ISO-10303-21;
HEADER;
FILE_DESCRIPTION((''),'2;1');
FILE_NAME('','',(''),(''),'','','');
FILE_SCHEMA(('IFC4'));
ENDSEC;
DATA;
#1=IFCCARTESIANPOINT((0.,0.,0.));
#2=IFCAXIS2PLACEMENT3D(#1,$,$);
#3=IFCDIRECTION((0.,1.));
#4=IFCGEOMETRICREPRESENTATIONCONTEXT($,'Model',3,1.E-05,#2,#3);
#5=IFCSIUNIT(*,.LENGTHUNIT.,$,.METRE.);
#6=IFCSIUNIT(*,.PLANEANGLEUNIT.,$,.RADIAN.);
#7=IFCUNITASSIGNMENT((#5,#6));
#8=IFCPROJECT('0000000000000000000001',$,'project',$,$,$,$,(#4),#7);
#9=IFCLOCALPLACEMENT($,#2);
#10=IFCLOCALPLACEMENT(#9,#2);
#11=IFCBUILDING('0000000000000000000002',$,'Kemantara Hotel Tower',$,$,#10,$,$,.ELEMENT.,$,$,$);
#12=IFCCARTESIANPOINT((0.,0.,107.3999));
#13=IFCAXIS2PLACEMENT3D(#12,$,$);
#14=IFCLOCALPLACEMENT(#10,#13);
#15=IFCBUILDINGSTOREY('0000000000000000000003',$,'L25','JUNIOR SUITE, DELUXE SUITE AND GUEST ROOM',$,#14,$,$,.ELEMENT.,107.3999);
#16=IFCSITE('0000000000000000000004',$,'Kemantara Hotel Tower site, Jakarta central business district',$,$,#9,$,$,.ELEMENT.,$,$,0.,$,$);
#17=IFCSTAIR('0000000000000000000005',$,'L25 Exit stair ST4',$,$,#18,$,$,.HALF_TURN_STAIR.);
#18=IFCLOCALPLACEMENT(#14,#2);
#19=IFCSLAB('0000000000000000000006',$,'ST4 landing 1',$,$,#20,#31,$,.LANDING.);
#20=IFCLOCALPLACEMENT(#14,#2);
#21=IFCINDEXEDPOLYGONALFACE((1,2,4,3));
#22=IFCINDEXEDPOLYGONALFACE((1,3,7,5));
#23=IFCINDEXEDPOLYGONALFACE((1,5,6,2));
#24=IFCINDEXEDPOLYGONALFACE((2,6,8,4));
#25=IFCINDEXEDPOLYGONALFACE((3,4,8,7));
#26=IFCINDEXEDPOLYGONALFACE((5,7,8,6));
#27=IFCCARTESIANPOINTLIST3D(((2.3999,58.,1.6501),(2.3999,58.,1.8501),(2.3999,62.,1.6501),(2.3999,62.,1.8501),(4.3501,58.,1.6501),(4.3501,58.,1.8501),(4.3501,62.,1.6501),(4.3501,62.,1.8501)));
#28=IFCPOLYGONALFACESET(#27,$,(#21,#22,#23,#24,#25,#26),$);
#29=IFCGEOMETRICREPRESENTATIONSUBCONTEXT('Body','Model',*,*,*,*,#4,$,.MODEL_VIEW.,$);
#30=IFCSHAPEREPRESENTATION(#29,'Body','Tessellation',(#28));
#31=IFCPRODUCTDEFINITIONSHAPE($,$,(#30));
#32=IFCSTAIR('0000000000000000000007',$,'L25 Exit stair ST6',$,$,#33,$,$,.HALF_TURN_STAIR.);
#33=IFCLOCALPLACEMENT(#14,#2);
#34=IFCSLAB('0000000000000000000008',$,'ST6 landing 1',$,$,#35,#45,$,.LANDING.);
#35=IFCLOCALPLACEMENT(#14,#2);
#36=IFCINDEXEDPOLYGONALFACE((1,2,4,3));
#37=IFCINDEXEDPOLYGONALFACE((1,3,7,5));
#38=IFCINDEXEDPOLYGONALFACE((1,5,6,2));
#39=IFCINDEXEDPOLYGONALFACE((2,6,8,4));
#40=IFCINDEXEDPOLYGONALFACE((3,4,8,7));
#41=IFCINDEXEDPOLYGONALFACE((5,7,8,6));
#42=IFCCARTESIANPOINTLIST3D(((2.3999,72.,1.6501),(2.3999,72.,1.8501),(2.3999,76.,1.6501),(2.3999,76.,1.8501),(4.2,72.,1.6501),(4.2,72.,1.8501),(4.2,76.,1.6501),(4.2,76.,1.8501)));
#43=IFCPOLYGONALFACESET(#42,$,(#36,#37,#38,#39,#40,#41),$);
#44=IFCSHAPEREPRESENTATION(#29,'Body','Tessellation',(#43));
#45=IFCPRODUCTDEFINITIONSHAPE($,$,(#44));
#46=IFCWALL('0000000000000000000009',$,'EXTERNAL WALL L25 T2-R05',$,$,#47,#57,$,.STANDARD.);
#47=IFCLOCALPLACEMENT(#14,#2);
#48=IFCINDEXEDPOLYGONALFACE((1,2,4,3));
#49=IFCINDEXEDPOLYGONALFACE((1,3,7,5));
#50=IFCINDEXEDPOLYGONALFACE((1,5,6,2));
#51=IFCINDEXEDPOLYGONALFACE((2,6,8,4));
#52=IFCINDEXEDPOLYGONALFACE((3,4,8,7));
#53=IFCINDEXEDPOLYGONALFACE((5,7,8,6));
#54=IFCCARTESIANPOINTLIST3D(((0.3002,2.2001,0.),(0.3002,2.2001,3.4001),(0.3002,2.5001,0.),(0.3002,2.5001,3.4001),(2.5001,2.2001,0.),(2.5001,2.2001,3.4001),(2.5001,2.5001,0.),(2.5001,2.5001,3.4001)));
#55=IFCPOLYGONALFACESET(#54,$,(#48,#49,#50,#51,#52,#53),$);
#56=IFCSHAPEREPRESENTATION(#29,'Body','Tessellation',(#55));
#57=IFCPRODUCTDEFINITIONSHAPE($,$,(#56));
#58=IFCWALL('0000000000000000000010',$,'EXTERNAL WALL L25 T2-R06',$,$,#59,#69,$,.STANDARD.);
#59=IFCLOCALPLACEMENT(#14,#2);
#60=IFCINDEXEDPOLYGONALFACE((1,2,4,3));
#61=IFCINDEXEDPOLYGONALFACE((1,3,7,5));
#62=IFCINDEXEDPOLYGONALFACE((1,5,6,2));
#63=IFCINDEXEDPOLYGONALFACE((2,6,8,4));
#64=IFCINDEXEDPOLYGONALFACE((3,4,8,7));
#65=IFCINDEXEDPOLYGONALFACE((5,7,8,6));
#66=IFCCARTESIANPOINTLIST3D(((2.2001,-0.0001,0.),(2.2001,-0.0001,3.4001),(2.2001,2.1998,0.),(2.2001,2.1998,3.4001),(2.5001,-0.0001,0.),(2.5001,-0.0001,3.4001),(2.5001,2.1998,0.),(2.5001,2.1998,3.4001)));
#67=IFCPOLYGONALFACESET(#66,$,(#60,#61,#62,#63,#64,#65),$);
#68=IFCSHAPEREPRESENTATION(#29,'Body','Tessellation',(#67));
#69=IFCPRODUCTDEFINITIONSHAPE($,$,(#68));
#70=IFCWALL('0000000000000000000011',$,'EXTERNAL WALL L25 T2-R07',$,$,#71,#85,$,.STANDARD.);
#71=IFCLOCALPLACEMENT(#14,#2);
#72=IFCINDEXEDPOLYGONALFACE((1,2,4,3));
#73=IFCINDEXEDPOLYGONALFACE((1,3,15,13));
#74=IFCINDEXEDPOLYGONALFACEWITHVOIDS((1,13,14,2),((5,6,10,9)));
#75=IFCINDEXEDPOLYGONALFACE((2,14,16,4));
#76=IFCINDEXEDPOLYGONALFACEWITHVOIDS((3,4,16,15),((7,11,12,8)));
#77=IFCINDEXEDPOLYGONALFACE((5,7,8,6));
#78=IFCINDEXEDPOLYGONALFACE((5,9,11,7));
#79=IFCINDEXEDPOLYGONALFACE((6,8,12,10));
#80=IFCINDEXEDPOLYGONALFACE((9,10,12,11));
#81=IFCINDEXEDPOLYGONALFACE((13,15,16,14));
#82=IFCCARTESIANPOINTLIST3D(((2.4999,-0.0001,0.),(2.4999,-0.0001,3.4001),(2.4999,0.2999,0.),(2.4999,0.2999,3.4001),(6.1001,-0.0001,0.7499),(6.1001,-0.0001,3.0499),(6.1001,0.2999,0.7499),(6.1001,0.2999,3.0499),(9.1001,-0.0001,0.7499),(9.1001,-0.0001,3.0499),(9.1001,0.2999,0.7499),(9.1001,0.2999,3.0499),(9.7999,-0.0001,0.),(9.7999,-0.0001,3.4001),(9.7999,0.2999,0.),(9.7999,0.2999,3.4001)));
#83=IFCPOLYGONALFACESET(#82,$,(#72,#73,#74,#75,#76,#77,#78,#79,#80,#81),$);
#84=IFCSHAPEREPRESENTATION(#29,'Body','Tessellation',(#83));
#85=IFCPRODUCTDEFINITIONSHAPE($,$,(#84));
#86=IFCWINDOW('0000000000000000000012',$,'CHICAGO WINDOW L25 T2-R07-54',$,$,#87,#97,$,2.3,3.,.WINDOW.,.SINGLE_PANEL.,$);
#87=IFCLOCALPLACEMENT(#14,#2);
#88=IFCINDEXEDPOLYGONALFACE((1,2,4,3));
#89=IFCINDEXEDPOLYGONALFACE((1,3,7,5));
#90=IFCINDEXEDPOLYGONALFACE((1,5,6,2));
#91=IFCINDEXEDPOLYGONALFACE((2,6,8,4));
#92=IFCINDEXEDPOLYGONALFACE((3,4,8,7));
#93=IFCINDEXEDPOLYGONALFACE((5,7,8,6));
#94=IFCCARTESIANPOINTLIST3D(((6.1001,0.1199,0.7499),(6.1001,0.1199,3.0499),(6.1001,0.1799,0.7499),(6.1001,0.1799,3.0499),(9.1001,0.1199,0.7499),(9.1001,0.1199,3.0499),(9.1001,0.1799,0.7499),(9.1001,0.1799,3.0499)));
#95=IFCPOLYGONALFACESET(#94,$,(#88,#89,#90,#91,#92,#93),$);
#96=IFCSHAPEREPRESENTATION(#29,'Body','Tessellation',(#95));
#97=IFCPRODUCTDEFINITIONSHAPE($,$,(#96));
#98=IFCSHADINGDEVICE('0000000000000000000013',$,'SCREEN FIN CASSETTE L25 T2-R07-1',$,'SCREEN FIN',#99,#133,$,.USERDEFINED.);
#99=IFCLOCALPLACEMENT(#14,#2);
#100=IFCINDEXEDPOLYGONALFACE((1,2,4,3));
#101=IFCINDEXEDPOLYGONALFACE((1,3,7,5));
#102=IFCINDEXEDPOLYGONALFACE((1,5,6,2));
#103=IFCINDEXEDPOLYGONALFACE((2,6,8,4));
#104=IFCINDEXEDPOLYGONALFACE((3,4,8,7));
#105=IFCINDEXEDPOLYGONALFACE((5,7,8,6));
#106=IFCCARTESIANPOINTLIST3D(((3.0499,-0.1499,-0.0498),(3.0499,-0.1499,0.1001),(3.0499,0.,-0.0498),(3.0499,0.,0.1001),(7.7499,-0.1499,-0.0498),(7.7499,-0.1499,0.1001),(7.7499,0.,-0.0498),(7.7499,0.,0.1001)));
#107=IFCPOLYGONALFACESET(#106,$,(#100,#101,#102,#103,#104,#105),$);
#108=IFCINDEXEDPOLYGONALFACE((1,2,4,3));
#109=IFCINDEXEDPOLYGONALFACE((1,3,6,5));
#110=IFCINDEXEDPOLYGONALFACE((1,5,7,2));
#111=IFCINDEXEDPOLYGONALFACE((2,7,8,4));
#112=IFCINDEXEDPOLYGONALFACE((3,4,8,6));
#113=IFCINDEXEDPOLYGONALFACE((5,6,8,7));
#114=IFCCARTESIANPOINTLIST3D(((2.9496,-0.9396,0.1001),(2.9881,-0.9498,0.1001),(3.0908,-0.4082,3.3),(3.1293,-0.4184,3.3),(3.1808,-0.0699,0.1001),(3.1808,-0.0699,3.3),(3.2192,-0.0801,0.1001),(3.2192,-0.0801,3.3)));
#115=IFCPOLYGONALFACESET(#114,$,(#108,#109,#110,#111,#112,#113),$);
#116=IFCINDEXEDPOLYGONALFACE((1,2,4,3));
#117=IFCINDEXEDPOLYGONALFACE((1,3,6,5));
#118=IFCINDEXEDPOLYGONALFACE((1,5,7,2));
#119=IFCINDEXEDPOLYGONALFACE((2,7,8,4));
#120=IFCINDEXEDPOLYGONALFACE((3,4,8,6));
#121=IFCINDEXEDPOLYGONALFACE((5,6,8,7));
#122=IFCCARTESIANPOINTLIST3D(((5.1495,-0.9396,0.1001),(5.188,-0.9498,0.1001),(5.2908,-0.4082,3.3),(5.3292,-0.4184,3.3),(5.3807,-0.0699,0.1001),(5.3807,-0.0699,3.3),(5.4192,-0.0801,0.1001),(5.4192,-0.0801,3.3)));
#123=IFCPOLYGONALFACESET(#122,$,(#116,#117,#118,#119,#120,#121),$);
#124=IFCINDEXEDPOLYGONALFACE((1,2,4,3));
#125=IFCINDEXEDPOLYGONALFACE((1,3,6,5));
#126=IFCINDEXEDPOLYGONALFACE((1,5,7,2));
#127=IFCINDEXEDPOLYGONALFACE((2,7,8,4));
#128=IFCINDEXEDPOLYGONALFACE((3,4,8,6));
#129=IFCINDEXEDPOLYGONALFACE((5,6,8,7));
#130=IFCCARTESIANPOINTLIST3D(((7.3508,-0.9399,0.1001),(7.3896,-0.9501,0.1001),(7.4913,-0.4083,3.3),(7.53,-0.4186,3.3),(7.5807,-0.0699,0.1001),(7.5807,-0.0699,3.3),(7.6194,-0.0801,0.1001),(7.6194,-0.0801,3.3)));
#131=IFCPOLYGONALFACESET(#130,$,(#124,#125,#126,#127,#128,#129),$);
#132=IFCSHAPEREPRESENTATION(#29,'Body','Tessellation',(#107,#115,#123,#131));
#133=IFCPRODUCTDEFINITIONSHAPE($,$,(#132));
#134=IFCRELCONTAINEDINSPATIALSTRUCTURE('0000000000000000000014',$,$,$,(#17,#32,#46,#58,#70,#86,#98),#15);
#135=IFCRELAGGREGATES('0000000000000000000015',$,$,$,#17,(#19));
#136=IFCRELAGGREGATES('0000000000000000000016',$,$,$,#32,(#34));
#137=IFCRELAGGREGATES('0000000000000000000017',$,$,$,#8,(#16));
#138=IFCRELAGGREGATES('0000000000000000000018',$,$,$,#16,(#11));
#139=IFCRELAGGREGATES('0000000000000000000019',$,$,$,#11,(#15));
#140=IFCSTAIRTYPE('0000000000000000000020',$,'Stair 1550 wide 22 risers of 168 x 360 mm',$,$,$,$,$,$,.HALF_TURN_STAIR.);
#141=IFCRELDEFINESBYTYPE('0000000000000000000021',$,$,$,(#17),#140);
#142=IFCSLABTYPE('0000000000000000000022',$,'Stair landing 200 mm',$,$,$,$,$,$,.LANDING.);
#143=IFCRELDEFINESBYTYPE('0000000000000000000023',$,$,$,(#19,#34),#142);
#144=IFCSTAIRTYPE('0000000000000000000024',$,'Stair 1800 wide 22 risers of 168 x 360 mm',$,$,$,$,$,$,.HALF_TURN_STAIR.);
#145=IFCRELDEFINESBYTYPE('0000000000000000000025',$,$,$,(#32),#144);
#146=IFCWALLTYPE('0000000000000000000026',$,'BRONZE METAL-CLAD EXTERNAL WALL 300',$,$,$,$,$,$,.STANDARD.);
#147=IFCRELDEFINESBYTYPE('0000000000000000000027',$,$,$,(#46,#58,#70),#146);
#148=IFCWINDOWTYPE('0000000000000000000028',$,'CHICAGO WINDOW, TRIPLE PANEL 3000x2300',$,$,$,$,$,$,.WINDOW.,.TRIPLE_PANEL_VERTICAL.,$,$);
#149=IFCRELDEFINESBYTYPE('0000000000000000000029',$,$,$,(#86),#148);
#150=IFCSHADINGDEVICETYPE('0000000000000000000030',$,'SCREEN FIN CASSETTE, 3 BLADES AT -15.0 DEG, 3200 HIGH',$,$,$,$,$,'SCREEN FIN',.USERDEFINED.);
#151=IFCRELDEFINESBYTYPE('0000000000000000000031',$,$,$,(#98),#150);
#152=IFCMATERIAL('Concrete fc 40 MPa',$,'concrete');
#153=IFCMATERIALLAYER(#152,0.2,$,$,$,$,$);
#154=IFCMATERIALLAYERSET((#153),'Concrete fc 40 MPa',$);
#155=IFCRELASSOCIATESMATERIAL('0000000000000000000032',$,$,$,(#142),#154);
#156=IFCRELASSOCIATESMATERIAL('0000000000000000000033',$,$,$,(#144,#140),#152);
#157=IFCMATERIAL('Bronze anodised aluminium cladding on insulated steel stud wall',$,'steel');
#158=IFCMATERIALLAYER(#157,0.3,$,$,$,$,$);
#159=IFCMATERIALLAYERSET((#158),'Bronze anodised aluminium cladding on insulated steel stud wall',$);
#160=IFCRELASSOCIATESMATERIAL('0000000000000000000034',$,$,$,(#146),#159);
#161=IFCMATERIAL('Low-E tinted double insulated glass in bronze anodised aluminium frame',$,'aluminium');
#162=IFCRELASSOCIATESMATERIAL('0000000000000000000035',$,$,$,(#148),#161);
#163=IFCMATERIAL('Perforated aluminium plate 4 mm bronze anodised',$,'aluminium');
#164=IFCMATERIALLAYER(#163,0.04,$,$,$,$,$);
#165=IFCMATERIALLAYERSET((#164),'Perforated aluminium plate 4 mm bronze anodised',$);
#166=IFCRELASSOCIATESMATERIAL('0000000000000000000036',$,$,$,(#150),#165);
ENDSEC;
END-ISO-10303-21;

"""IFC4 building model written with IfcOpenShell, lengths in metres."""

from ifc_helpers import new_model, si_unit, direction, frame, frame_2d, origin, origin_2d, place, context, subcontext, project, spatial, polyline, rectangle, outline, extrude, source, transform, mapped, material, layer, layer_set, type_object, element, fill, aggregate, save


model = new_model("IFC4")

# Units and contexts
model_context = context("Model", 3, precision=1e-05, world=origin(), true_north=direction((0.0, 1.0)))
body_context = subcontext(model_context, "Body", "Model", "MODEL_VIEW")
ifc_project = project(units=[si_unit("LENGTHUNIT", "METRE"), si_unit("PLANEANGLEUNIT", "RADIAN")], contexts=[model_context])

# Site, building, storey
site_placement = place(None, origin())
site = spatial("IfcSite", under=ifc_project, at=site_placement, Name="Kemantara Hotel Tower site, Jakarta central business district", CompositionType="ELEMENT", RefElevation=0.0)
building_placement = place(site_placement, origin())
building = spatial("IfcBuilding", under=site, at=building_placement, Name="Kemantara Hotel Tower", CompositionType="ELEMENT")
storey_placement = place(building_placement, frame((0.0, 0.0, 107.3999)))
storey = spatial("IfcBuildingStorey", under=building, at=storey_placement, Name="L25", Description="JUNIOR SUITE, DELUXE SUITE AND GUEST ROOM", CompositionType="ELEMENT", Elevation=107.3999)

# Shared definitions
ifc_material_1 = material(Name="Concrete fc 40 MPa", Category="concrete")

# Stairs, slabs
ifc_layer_1 = layer(ifc_material_1, 0.2)
ifc_layer_set_1 = layer_set([ifc_layer_1], Name="Concrete fc 40 MPa")
slab_type_1 = type_object("IfcSlabType", Name="Stair landing 200 mm", PredefinedType="LANDING", material=ifc_layer_set_1)
stair_type_1 = type_object("IfcStairType", Name="Stair 1800 wide 22 risers of 168 x 360 mm", PredefinedType="HALF_TURN_STAIR", material=ifc_material_1)
stair_type_2 = type_object("IfcStairType", Name="Stair 1550 wide 22 risers of 168 x 360 mm", PredefinedType="HALF_TURN_STAIR", material=ifc_material_1)
stair_1_placement = place(storey_placement, origin())
stair_1 = element("IfcStair", 1, at=stair_1_placement, inside=storey, type_object=stair_type_2, Name="L25 Exit stair ST4", PredefinedType="HALF_TURN_STAIR")
slab_1_placement = place(storey_placement, frame((0.0, 0.0, 1.6501)))
slab_1 = element("IfcSlab", 2, at=slab_1_placement, type_object=slab_type_1, Name="ST4 landing 1", PredefinedType="LANDING", context=body_context, shape_type="SweptSolid", body=[
    extrude(outline(polyline([(4.3501, 62.0), (2.3999, 62.0), (2.3999, 58.0), (4.3501, 58.0), (4.3501, 62.0)])), origin(), (0.0, 0.0, 1.0), 0.2),
])
aggregate(stair_1, [slab_1])
stair_2_placement = place(storey_placement, origin())
stair_2 = element("IfcStair", 3, at=stair_2_placement, inside=storey, type_object=stair_type_1, Name="L25 Exit stair ST6", PredefinedType="HALF_TURN_STAIR")
slab_2_placement = place(storey_placement, frame((0.0, 0.0, 1.6501)))
slab_2 = element("IfcSlab", 4, at=slab_2_placement, type_object=slab_type_1, Name="ST6 landing 1", PredefinedType="LANDING", context=body_context, shape_type="SweptSolid", body=[
    extrude(outline(polyline([(4.2, 76.0), (2.3999, 76.0), (2.3999, 72.0), (4.2, 72.0), (4.2, 76.0)])), origin(), (0.0, 0.0, 1.0), 0.2),
])
aggregate(stair_2, [slab_2])

# Walls
ifc_material_2 = material(Name="Bronze anodised aluminium cladding on insulated steel stud wall", Category="steel")
ifc_layer_2 = layer(ifc_material_2, 0.3)
ifc_layer_set_2 = layer_set([ifc_layer_2], Name="Bronze anodised aluminium cladding on insulated steel stud wall")
wall_type = type_object("IfcWallType", Name="BRONZE METAL-CLAD EXTERNAL WALL 300", PredefinedType="STANDARD", material=ifc_layer_set_2)
for number, where, z_axis, x_axis, name in (
    (5, (0.3, 2.3501, 0.0), (0.0, 0.0, 1.0), (1.0, 0.0, 0.0), "EXTERNAL WALL L25 T2-R05"),
    (6, (2.3501, 2.2, 0.0), (0.0, 0.0, 1.0), (0.0, -1.0, 0.0), "EXTERNAL WALL L25 T2-R06"),
):
    element("IfcWall", number, at=place(storey_placement, frame(where, z_axis=z_axis, x_axis=x_axis)), inside=storey, type_object=wall_type, Name=name, PredefinedType="STANDARD", context=body_context, shape_type="SweptSolid", body=[
        extrude(rectangle(XDim=2.2, YDim=0.3, at=frame_2d((1.1001, 0.0))), origin(), (0.0, 0.0, 1.0), 3.4001),
    ])

# Wall, opening, window
wall_placement = place(storey_placement, frame((2.5, 0.1499, 0.0), z_axis=(0.0, 0.0, 1.0), x_axis=(1.0, 0.0, 0.0)))
wall = element("IfcWall", 7, at=wall_placement, inside=storey, type_object=wall_type, Name="EXTERNAL WALL L25 T2-R07", PredefinedType="STANDARD", context=body_context, shape_type="SweptSolid", body=[
    extrude(rectangle(XDim=7.3, YDim=0.3, at=frame_2d((3.6499, 0.0))), origin(), (0.0, 0.0, 1.0), 3.4001),
])
opening_placement = place(wall_placement, frame((3.6001, 0.0, 0.75)))
opening = element("IfcOpeningElement", 8, at=opening_placement, cuts=wall, PredefinedType="OPENING", context=body_context, shape_type="SweptSolid", body=[
    extrude(rectangle(XDim=3.0, YDim=2.3, at=frame_2d((1.5, 1.1499))), frame((0.0, 0.1599, 0.0), z_axis=(0.0, -1.0, 0.0), x_axis=(1.0, 0.0, 0.0)), (0.0, 0.0, 1.0), 0.3201),
])
ifc_material_3 = material(Name="Low-E tinted double insulated glass in bronze anodised aluminium frame", Category="aluminium")
window_type = type_object("IfcWindowType", Name="CHICAGO WINDOW, TRIPLE PANEL 3000x2300", PartitioningType="TRIPLE_PANEL_VERTICAL", PredefinedType="WINDOW", material=ifc_material_3)
window_placement = place(opening_placement, origin())
window = element("IfcWindow", 9, at=window_placement, inside=storey, type_object=window_type, Name="CHICAGO WINDOW L25 T2-R07-54", OverallHeight=2.3, OverallWidth=3.0, PartitioningType="SINGLE_PANEL", PredefinedType="WINDOW", context=body_context, shape_type="SweptSolid", body=[
    extrude(rectangle(XDim=3.0, YDim=2.3, at=frame_2d((1.5, 1.1499))), frame((0.0, 0.03, 0.0), z_axis=(0.0, -1.0, 0.0), x_axis=(1.0, 0.0, 0.0)), (0.0, 0.0, 1.0), 0.0601),
])
fill(opening, window)

# Shading device
ifc_material_4 = material(Name="Perforated aluminium plate 4 mm bronze anodised", Category="aluminium")
ifc_layer_3 = layer(ifc_material_4, 0.04)
ifc_layer_set_3 = layer_set([ifc_layer_3], Name="Perforated aluminium plate 4 mm bronze anodised")
shading_device_type = type_object("IfcShadingDeviceType", Name="SCREEN FIN CASSETTE, 3 BLADES AT -15.0 DEG, 3200 HIGH", ElementType="SCREEN FIN", PredefinedType="USERDEFINED", material=ifc_layer_set_3)
shared_shape = source(origin(), body_context, "Body", "SweptSolid", [
    extrude(rectangle(XDim=4.7, YDim=0.1499, at=origin_2d()), frame((2.2, -0.075, -0.1499), z_axis=(0.0, 0.0, 1.0), x_axis=(1.0, 0.0, 0.0)), (0.0, 0.0, 1.0), 0.1499),
    extrude(outline(polyline([(0.0, 0.0), (0.8999, 0.0), (0.3501, 3.2), (0.0, 3.2), (0.0, 0.0)])), frame((0.0193, -0.0801, 0.0), z_axis=(-0.966438, 0.256901, 0.0), x_axis=(-0.256901, -0.966438, 0.0)), (0.0, 0.0, 1.0), 0.0398),
    extrude(outline(polyline([(0.0, 0.0), (0.8999, 0.0), (0.3501, 3.2), (0.0, 3.2), (0.0, 0.0)])), frame((2.2192, -0.0801, 0.0), z_axis=(-0.966438, 0.256901, 0.0), x_axis=(-0.256901, -0.966438, 0.0)), (0.0, 0.0, 1.0), 0.0398),
    extrude(outline(polyline([(0.0, 0.0), (0.8999, 0.0), (0.3501, 3.2), (0.0, 3.2), (0.0, 0.0)])), frame((4.4194, -0.0801, 0.0), z_axis=(-0.966838, 0.255391, 0.0), x_axis=(-0.255391, -0.966838, 0.0)), (0.0, 0.0, 1.0), 0.04),
])
shading_device_placement = place(storey_placement, frame((3.2, 0.0, 0.1001), z_axis=(0.0, 0.0, 1.0), x_axis=(1.0, 0.0, 0.0)))
element("IfcShadingDevice", 10, at=shading_device_placement, inside=storey, type_object=shading_device_type, Name="SCREEN FIN CASSETTE L25 T2-R07-1", ObjectType="SCREEN FIN", PredefinedType="USERDEFINED", context=body_context, shape_type="MappedRepresentation", body=[
    mapped(shared_shape, transform((0.0, 0.0, 0.0))),
])

save(model, "model.ifc")
